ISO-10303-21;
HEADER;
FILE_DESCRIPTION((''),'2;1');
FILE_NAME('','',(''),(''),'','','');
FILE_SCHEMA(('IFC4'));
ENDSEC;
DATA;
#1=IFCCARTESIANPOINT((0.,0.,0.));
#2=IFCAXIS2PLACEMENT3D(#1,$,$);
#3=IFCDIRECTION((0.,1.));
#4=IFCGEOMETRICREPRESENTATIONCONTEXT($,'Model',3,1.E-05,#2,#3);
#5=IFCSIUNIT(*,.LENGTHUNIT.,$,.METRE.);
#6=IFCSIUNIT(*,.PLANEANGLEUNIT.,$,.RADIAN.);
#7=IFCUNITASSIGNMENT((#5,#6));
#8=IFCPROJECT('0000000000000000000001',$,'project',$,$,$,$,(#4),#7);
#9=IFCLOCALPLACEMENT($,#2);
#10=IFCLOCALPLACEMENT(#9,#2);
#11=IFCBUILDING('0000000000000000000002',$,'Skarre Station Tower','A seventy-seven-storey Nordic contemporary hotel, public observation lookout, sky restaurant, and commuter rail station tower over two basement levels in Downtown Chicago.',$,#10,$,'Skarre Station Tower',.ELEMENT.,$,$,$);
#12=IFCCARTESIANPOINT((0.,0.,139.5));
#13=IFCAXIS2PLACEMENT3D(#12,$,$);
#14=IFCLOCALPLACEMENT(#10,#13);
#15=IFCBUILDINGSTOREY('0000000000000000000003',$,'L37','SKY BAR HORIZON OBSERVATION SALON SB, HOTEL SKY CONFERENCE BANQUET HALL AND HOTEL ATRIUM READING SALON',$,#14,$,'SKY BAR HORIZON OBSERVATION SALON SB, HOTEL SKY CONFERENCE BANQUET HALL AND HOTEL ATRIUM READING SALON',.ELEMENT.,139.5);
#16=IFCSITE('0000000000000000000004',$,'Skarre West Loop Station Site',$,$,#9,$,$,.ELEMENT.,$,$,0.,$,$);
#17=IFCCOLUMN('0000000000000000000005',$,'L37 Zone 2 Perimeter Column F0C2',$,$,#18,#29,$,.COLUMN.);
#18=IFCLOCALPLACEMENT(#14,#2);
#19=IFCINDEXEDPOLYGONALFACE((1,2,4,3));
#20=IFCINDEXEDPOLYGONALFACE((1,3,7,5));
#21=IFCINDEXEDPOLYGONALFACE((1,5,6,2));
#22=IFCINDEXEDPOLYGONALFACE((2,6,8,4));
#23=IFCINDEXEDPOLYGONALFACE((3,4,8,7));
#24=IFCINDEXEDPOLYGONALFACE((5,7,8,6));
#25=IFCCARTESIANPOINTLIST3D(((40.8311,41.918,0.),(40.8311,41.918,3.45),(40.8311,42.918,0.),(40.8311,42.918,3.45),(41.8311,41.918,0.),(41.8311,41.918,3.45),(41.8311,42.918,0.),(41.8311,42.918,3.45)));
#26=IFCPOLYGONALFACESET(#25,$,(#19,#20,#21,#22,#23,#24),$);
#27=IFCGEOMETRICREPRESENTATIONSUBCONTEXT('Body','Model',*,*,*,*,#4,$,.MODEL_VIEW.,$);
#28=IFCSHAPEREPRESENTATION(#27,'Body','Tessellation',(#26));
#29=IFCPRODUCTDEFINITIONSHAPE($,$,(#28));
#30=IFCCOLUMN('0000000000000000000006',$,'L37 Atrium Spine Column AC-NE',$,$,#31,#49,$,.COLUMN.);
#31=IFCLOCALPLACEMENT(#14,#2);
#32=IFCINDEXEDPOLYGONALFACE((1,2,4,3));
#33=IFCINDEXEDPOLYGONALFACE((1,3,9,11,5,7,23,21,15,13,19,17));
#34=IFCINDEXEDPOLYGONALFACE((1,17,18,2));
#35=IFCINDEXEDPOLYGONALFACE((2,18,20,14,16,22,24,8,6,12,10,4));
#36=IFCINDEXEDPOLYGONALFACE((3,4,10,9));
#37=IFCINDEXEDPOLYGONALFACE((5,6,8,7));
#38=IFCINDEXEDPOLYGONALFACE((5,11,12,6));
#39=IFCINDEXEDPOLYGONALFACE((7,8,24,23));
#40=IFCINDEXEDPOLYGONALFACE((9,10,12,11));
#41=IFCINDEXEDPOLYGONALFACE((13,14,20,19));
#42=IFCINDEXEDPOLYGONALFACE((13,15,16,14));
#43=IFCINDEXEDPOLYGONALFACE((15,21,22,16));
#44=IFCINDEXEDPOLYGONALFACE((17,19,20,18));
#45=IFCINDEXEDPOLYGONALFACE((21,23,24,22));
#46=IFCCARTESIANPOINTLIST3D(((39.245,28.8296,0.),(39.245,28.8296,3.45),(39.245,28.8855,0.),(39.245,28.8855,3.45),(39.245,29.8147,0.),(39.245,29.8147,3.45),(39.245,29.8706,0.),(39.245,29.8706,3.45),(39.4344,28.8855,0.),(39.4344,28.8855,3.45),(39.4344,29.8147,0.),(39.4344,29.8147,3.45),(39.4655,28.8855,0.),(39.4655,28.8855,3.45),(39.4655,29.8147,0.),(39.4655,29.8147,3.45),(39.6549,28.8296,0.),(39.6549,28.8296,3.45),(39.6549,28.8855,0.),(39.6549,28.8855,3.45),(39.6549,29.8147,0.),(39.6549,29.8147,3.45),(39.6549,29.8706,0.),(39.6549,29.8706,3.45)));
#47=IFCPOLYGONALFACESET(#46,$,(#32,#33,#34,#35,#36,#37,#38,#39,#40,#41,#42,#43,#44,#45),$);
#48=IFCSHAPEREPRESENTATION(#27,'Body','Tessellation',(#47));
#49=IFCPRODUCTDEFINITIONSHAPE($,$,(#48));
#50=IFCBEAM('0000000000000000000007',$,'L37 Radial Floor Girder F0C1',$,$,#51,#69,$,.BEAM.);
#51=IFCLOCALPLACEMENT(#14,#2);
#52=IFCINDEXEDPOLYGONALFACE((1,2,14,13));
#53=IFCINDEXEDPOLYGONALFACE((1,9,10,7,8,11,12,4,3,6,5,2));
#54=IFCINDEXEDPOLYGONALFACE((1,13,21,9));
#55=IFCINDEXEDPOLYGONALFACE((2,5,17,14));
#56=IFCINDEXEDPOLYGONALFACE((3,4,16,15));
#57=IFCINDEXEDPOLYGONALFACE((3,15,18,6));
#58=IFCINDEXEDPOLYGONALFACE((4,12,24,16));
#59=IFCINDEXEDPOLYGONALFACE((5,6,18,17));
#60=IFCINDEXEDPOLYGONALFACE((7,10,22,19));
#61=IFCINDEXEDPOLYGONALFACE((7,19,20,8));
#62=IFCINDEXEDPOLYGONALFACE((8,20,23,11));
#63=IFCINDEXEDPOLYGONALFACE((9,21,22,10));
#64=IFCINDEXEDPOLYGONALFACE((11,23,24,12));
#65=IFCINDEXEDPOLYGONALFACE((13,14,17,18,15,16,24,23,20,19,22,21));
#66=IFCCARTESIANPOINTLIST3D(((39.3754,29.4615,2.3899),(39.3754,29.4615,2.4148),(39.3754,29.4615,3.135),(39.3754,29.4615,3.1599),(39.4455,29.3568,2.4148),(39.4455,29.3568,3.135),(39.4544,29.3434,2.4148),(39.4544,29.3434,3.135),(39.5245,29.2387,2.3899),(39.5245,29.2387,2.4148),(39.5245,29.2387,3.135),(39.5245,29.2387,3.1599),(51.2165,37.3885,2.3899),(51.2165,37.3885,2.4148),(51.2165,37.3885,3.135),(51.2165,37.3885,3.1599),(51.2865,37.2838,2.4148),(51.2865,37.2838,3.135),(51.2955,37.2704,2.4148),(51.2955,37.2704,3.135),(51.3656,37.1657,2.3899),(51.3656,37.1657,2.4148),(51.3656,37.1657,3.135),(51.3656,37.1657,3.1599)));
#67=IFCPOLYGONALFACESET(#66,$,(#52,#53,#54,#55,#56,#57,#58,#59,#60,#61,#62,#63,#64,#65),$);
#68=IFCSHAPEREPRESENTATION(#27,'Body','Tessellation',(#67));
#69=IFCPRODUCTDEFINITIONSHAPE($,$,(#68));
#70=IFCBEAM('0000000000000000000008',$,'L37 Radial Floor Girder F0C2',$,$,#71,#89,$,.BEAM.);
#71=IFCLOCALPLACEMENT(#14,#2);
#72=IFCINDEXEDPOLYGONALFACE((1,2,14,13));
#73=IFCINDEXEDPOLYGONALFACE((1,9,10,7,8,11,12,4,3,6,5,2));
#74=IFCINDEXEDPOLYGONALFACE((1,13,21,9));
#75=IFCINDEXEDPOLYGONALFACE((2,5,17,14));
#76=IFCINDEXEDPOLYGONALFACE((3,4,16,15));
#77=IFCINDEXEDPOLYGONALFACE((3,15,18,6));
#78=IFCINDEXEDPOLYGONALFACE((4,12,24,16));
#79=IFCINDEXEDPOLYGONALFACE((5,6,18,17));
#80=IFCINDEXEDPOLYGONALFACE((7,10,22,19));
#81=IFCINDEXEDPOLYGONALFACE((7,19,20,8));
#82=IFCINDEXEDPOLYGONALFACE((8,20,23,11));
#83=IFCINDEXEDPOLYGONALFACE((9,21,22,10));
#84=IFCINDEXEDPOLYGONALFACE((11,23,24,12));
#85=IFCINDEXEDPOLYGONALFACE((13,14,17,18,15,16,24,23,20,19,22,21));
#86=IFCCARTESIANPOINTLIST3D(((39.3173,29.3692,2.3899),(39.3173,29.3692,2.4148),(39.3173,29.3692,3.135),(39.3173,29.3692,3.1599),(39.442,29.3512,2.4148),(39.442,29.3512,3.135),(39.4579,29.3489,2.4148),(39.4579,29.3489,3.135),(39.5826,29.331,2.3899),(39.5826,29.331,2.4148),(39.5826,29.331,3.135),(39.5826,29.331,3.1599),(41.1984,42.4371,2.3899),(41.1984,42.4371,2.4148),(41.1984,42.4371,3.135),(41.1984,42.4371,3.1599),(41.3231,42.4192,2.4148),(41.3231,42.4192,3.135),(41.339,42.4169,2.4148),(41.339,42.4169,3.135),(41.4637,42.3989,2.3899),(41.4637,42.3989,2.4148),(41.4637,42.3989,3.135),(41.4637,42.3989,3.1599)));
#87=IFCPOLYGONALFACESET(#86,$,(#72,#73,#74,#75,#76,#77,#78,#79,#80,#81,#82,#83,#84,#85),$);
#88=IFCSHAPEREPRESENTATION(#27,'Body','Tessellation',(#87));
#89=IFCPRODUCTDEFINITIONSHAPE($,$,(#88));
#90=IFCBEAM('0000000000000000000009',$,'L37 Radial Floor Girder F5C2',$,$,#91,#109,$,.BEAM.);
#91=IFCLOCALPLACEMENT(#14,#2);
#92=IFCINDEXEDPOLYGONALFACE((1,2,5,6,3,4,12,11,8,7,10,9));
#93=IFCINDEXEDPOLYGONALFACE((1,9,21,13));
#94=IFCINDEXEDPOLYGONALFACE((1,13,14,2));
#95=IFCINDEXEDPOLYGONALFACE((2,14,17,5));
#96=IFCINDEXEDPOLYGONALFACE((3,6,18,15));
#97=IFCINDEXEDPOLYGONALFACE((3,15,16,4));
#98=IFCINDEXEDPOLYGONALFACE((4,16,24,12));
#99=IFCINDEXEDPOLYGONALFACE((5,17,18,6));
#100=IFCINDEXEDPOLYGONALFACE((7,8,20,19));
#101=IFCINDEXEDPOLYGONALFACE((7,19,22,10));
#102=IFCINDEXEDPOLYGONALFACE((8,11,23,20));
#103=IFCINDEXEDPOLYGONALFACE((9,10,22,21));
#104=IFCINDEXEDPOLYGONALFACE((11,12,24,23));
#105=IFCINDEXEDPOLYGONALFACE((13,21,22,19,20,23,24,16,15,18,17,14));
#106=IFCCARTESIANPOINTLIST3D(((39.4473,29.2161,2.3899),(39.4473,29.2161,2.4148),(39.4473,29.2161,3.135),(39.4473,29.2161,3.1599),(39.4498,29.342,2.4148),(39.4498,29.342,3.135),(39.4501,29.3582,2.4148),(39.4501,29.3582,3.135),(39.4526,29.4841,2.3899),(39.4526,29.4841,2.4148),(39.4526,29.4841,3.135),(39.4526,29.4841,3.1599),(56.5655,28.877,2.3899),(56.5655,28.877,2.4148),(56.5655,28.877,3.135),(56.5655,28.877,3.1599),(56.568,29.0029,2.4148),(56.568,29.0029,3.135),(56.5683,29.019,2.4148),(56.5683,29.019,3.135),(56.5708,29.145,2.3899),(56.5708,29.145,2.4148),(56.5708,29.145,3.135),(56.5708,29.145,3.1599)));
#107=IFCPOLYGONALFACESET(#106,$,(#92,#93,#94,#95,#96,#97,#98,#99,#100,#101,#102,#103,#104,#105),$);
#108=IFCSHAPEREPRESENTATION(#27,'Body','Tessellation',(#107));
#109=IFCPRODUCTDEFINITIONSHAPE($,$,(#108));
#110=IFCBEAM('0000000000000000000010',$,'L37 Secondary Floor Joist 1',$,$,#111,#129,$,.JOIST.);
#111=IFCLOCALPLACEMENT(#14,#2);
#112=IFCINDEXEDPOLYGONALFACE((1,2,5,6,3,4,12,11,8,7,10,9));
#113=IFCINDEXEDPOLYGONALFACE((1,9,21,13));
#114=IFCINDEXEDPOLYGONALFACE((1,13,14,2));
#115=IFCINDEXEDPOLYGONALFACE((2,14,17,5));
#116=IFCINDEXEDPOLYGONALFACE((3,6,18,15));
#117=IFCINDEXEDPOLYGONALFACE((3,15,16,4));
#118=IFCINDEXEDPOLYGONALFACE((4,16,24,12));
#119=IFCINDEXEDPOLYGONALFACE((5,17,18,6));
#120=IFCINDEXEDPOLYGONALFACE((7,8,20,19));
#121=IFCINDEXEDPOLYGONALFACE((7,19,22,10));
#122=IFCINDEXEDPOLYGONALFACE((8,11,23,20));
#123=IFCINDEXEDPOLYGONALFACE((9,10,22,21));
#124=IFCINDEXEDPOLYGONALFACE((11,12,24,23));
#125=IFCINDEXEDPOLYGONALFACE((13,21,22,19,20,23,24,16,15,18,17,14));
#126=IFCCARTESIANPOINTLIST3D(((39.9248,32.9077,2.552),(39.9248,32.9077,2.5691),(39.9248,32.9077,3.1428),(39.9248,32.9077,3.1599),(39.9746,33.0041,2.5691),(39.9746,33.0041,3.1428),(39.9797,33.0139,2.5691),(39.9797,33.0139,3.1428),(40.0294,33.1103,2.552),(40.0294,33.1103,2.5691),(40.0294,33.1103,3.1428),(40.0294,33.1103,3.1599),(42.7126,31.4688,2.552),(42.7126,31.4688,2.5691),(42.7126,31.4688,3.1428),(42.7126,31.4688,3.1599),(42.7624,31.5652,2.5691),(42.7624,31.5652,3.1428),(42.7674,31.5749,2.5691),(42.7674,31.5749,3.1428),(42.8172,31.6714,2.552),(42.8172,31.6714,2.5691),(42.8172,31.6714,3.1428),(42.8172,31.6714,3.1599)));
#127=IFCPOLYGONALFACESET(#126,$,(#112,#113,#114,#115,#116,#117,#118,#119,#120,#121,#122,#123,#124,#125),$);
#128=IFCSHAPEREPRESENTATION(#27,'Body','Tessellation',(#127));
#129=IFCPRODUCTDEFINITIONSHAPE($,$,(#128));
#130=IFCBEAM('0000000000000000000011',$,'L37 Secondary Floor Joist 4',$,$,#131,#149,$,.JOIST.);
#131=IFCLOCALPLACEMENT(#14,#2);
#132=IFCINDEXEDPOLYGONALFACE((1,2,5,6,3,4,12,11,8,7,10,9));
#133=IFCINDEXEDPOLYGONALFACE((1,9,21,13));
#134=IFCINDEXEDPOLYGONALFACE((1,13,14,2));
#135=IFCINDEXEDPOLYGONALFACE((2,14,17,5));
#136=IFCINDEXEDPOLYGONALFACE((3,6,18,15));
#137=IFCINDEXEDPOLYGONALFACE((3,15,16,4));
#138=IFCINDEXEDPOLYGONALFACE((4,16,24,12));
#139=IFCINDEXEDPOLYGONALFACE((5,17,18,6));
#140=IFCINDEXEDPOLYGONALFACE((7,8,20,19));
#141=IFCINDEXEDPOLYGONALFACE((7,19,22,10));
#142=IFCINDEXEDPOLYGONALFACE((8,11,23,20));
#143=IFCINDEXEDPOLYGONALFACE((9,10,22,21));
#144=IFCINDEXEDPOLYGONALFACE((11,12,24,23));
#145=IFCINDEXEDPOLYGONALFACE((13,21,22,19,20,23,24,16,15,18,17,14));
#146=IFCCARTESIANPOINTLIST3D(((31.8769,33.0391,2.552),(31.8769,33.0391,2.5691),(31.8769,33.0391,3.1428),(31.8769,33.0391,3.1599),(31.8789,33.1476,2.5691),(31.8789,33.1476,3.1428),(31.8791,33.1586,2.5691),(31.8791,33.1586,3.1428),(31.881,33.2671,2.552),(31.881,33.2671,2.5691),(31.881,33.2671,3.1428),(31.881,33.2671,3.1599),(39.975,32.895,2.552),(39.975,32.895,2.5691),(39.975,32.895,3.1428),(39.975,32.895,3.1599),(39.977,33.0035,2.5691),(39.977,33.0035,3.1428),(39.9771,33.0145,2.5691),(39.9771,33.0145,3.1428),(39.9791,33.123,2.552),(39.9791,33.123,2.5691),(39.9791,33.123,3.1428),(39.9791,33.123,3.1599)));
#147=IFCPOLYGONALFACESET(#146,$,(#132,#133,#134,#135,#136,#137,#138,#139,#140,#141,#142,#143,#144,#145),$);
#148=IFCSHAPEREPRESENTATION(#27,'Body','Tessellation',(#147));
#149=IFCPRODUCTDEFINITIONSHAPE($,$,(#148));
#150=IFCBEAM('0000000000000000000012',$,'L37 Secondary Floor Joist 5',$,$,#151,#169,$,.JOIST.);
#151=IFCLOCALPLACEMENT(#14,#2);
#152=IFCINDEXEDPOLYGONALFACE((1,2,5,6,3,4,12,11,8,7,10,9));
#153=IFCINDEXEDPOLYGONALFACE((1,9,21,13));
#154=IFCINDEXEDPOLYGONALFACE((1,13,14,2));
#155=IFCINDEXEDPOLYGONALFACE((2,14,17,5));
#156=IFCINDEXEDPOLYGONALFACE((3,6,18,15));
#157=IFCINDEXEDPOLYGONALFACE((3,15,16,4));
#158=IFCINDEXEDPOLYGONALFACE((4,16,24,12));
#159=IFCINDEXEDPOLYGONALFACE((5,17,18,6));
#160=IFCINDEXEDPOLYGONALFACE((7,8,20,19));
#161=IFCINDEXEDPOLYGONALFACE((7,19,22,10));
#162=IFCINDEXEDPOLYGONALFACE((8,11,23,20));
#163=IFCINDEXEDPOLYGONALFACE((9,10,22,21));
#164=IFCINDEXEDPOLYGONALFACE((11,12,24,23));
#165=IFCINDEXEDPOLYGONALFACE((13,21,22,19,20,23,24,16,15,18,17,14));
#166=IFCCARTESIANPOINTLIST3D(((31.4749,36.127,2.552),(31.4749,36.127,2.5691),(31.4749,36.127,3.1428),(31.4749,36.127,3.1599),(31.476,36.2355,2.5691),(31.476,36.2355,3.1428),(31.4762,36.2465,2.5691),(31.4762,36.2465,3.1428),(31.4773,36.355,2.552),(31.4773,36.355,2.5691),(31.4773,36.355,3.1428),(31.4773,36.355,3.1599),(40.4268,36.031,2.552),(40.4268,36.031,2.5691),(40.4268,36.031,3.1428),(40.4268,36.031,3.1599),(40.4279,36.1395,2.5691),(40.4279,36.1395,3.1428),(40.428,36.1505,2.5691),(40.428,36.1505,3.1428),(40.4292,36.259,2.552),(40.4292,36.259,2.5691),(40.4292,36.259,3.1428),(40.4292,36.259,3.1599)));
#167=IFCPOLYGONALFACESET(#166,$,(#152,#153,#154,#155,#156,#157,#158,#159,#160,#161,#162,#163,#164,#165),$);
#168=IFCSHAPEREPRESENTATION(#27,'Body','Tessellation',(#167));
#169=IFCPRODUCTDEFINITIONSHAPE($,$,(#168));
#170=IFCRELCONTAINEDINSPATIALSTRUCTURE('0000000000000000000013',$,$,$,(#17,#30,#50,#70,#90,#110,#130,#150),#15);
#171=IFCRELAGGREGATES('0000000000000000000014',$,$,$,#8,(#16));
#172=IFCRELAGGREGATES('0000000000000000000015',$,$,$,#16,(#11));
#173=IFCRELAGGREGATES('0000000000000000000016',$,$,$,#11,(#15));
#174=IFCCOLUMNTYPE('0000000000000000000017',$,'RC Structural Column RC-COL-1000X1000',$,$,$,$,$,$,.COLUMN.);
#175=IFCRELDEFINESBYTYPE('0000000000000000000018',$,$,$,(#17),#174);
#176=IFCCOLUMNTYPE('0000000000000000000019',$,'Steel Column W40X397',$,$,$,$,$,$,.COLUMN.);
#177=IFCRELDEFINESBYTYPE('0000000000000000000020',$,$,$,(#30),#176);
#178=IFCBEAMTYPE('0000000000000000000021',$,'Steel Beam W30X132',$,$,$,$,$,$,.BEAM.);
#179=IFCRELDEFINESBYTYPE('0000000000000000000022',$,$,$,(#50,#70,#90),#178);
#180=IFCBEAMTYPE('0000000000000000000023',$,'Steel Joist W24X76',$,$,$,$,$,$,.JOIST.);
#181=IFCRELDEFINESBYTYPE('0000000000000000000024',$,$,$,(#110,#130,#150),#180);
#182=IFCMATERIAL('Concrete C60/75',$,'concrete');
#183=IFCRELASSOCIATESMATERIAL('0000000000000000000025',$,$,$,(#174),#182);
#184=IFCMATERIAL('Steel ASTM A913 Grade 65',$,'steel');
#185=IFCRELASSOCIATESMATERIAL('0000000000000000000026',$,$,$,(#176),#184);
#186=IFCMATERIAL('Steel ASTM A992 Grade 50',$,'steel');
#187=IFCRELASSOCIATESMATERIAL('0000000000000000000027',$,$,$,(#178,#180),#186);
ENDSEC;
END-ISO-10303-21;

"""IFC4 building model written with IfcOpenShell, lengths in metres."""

from ifc_helpers import new_model, si_unit, direction, frame, origin, origin_2d, place, context, subcontext, project, spatial, rectangle, i_section, extrude, material, material_profile, profile_set, type_object, element, save


model = new_model("IFC4")

# Units and contexts
model_context = context("Model", 3, precision=1e-05, world=origin(), true_north=direction((0.0, 1.0)))
body_context = subcontext(model_context, "Body", "Model", "MODEL_VIEW")
ifc_project = project(units=[si_unit("LENGTHUNIT", "METRE"), si_unit("PLANEANGLEUNIT", "RADIAN")], contexts=[model_context])

# Site, building, storey
site_placement = place(None, origin())
site = spatial("IfcSite", under=ifc_project, at=site_placement, Name="Skarre West Loop Station Site", CompositionType="ELEMENT", RefElevation=0.0)
building_placement = place(site_placement, origin())
building = spatial("IfcBuilding", under=site, at=building_placement, Name="Skarre Station Tower", Description="A seventy-seven-storey Nordic contemporary hotel, public observation lookout, sky restaurant, and commuter rail station tower over two basement levels in Downtown Chicago.", LongName="Skarre Station Tower", CompositionType="ELEMENT")
storey_placement = place(building_placement, frame((0.0, 0.0, 139.5)))
storey = spatial("IfcBuildingStorey", under=building, at=storey_placement, Name="L37", Description="SKY BAR HORIZON OBSERVATION SALON SB, HOTEL SKY CONFERENCE BANQUET HALL AND HOTEL ATRIUM READING SALON", LongName="SKY BAR HORIZON OBSERVATION SALON SB, HOTEL SKY CONFERENCE BANQUET HALL AND HOTEL ATRIUM READING SALON", CompositionType="ELEMENT", Elevation=139.5)

# Columns
ifc_material_1 = material(Name="Concrete C60/75", Category="concrete")
ifc_material_profile_1 = material_profile(ifc_material_1, rectangle(XDim=1.0, YDim=1.0, at=origin_2d()), Name="Concrete C60/75")
ifc_profile_set_1 = profile_set([ifc_material_profile_1], Name="Concrete C60/75")
column_type_1 = type_object("IfcColumnType", Name="RC Structural Column RC-COL-1000X1000", PredefinedType="COLUMN", material=ifc_profile_set_1)
column_1_placement = place(storey_placement, frame((41.3311, 42.418, 0.0), z_axis=(0.0, 0.0, 1.0), x_axis=(1.0, 0.0, 0.0)))
element("IfcColumn", 1, at=column_1_placement, inside=storey, type_object=column_type_1, Name="L37 Zone 2 Perimeter Column F0C2", PredefinedType="COLUMN", context=body_context, shape_type="SweptSolid", body=[
    extrude(rectangle(XDim=1.0, YDim=1.0, at=origin_2d()), origin(), (0.0, 0.0, 1.0), 3.45),
])
ifc_material_2 = material(Name="Steel ASTM A913 Grade 65", Category="steel")
ifc_material_profile_2 = material_profile(ifc_material_2, i_section(OverallWidth=0.4099, OverallDepth=1.041, WebThickness=0.031, FlangeThickness=0.0559, at=origin_2d()), Name="Steel ASTM A913 Grade 65")
ifc_profile_set_2 = profile_set([ifc_material_profile_2], Name="Steel ASTM A913 Grade 65")
column_type_2 = type_object("IfcColumnType", Name="Steel Column W40X397", PredefinedType="COLUMN", material=ifc_profile_set_2)
column_2_placement = place(storey_placement, frame((39.45, 29.3501, 0.0), z_axis=(0.0, 0.0, 1.0), x_axis=(1.0, 0.0, 0.0)))
element("IfcColumn", 2, at=column_2_placement, inside=storey, type_object=column_type_2, Name="L37 Atrium Spine Column AC-NE", PredefinedType="COLUMN", context=body_context, shape_type="SweptSolid", body=[
    extrude(i_section(OverallWidth=0.4099, OverallDepth=1.041, WebThickness=0.031, FlangeThickness=0.0559, at=origin_2d()), origin(), (0.0, 0.0, 1.0), 3.45),
])

# Beams
ifc_material_3 = material(Name="Steel ASTM A992 Grade 50", Category="steel")
ifc_material_profile_3 = material_profile(ifc_material_3, i_section(OverallWidth=0.2681, OverallDepth=0.77, WebThickness=0.0161, FlangeThickness=0.0249, at=origin_2d()), Name="Steel ASTM A992 Grade 50")
ifc_profile_set_3 = profile_set([ifc_material_profile_3], Name="Steel ASTM A992 Grade 50")
beam_type_1 = type_object("IfcBeamType", Name="Steel Beam W30X132", PredefinedType="BEAM", material=ifc_profile_set_3)
beam_1_placement = place(storey_placement, frame((39.45, 29.3501, 2.7749), z_axis=(0.830981, 0.5563, 0.0), x_axis=(-0.5563, 0.830981, 0.0)))
element("IfcBeam", 3, at=beam_1_placement, inside=storey, type_object=beam_type_1, Name="L37 Radial Floor Girder F0C1", PredefinedType="BEAM", context=body_context, shape_type="SweptSolid", body=[
    extrude(i_section(OverallWidth=0.2681, OverallDepth=0.77, WebThickness=0.0161, FlangeThickness=0.0249, at=origin_2d()), origin(), (0.0, 0.0, 1.0), 14.2495),
])
beam_2_placement = place(storey_placement, frame((39.45, 29.3501, 2.7749), z_axis=(0.14248, 0.989798, 0.0), x_axis=(-0.989798, 0.14248, 0.0)))
element("IfcBeam", 4, at=beam_2_placement, inside=storey, type_object=beam_type_1, Name="L37 Radial Floor Girder F0C2", PredefinedType="BEAM", context=body_context, shape_type="SweptSolid", body=[
    extrude(i_section(OverallWidth=0.2681, OverallDepth=0.77, WebThickness=0.0161, FlangeThickness=0.0249, at=origin_2d()), origin(), (0.0, 0.0, 1.0), 13.2026),
])
beam_3_placement = place(storey_placement, frame((39.45, 29.3501, 2.7749), z_axis=(0.999804, -0.019806, 0.0), x_axis=(0.019806, 0.999804, 0.0)))
element("IfcBeam", 5, at=beam_3_placement, inside=storey, type_object=beam_type_1, Name="L37 Radial Floor Girder F5C2", PredefinedType="BEAM", context=body_context, shape_type="SweptSolid", body=[
    extrude(i_section(OverallWidth=0.2681, OverallDepth=0.77, WebThickness=0.0161, FlangeThickness=0.0249, at=origin_2d()), origin(), (0.0, 0.0, 1.0), 17.1216),
])
ifc_material_profile_4 = material_profile(ifc_material_3, i_section(OverallWidth=0.228, OverallDepth=0.6079, WebThickness=0.011, FlangeThickness=0.0171, at=origin_2d()), Name="Steel ASTM A992 Grade 50")
ifc_profile_set_4 = profile_set([ifc_material_profile_4], Name="Steel ASTM A992 Grade 50")
beam_type_2 = type_object("IfcBeamType", Name="Steel Joist W24X76", PredefinedType="JOIST", material=ifc_profile_set_4)
beam_4_placement = place(storey_placement, frame((42.7649, 31.5701, 2.856), z_axis=(-0.88861, 0.458663, 0.0), x_axis=(-0.458663, -0.88861, 0.0)))
element("IfcBeam", 6, at=beam_4_placement, inside=storey, type_object=beam_type_2, Name="L37 Secondary Floor Joist 1", PredefinedType="JOIST", context=body_context, shape_type="SweptSolid", body=[
    extrude(i_section(OverallWidth=0.228, OverallDepth=0.6079, WebThickness=0.011, FlangeThickness=0.0171, at=origin_2d()), origin(), (0.0, 0.0, 1.0), 3.1372),
])
beam_5_placement = place(storey_placement, frame((39.9771, 33.009, 2.856), z_axis=(-0.999842, 0.017784, 0.0), x_axis=(-0.017784, -0.999842, 0.0)))
element("IfcBeam", 7, at=beam_5_placement, inside=storey, type_object=beam_type_2, Name="L37 Secondary Floor Joist 4", PredefinedType="JOIST", context=body_context, shape_type="SweptSolid", body=[
    extrude(i_section(OverallWidth=0.228, OverallDepth=0.6079, WebThickness=0.011, FlangeThickness=0.0171, at=origin_2d()), origin(), (0.0, 0.0, 1.0), 8.0994),
])
beam_6_placement = place(storey_placement, frame((40.428, 36.145, 2.856), z_axis=(-0.999943, 0.010717, 0.0), x_axis=(-0.010717, -0.999943, 0.0)))
element("IfcBeam", 8, at=beam_6_placement, inside=storey, type_object=beam_type_2, Name="L37 Secondary Floor Joist 5", PredefinedType="JOIST", context=body_context, shape_type="SweptSolid", body=[
    extrude(i_section(OverallWidth=0.228, OverallDepth=0.6079, WebThickness=0.011, FlangeThickness=0.0171, at=origin_2d()), origin(), (0.0, 0.0, 1.0), 8.9524),
])

save(model, "model.ifc")
